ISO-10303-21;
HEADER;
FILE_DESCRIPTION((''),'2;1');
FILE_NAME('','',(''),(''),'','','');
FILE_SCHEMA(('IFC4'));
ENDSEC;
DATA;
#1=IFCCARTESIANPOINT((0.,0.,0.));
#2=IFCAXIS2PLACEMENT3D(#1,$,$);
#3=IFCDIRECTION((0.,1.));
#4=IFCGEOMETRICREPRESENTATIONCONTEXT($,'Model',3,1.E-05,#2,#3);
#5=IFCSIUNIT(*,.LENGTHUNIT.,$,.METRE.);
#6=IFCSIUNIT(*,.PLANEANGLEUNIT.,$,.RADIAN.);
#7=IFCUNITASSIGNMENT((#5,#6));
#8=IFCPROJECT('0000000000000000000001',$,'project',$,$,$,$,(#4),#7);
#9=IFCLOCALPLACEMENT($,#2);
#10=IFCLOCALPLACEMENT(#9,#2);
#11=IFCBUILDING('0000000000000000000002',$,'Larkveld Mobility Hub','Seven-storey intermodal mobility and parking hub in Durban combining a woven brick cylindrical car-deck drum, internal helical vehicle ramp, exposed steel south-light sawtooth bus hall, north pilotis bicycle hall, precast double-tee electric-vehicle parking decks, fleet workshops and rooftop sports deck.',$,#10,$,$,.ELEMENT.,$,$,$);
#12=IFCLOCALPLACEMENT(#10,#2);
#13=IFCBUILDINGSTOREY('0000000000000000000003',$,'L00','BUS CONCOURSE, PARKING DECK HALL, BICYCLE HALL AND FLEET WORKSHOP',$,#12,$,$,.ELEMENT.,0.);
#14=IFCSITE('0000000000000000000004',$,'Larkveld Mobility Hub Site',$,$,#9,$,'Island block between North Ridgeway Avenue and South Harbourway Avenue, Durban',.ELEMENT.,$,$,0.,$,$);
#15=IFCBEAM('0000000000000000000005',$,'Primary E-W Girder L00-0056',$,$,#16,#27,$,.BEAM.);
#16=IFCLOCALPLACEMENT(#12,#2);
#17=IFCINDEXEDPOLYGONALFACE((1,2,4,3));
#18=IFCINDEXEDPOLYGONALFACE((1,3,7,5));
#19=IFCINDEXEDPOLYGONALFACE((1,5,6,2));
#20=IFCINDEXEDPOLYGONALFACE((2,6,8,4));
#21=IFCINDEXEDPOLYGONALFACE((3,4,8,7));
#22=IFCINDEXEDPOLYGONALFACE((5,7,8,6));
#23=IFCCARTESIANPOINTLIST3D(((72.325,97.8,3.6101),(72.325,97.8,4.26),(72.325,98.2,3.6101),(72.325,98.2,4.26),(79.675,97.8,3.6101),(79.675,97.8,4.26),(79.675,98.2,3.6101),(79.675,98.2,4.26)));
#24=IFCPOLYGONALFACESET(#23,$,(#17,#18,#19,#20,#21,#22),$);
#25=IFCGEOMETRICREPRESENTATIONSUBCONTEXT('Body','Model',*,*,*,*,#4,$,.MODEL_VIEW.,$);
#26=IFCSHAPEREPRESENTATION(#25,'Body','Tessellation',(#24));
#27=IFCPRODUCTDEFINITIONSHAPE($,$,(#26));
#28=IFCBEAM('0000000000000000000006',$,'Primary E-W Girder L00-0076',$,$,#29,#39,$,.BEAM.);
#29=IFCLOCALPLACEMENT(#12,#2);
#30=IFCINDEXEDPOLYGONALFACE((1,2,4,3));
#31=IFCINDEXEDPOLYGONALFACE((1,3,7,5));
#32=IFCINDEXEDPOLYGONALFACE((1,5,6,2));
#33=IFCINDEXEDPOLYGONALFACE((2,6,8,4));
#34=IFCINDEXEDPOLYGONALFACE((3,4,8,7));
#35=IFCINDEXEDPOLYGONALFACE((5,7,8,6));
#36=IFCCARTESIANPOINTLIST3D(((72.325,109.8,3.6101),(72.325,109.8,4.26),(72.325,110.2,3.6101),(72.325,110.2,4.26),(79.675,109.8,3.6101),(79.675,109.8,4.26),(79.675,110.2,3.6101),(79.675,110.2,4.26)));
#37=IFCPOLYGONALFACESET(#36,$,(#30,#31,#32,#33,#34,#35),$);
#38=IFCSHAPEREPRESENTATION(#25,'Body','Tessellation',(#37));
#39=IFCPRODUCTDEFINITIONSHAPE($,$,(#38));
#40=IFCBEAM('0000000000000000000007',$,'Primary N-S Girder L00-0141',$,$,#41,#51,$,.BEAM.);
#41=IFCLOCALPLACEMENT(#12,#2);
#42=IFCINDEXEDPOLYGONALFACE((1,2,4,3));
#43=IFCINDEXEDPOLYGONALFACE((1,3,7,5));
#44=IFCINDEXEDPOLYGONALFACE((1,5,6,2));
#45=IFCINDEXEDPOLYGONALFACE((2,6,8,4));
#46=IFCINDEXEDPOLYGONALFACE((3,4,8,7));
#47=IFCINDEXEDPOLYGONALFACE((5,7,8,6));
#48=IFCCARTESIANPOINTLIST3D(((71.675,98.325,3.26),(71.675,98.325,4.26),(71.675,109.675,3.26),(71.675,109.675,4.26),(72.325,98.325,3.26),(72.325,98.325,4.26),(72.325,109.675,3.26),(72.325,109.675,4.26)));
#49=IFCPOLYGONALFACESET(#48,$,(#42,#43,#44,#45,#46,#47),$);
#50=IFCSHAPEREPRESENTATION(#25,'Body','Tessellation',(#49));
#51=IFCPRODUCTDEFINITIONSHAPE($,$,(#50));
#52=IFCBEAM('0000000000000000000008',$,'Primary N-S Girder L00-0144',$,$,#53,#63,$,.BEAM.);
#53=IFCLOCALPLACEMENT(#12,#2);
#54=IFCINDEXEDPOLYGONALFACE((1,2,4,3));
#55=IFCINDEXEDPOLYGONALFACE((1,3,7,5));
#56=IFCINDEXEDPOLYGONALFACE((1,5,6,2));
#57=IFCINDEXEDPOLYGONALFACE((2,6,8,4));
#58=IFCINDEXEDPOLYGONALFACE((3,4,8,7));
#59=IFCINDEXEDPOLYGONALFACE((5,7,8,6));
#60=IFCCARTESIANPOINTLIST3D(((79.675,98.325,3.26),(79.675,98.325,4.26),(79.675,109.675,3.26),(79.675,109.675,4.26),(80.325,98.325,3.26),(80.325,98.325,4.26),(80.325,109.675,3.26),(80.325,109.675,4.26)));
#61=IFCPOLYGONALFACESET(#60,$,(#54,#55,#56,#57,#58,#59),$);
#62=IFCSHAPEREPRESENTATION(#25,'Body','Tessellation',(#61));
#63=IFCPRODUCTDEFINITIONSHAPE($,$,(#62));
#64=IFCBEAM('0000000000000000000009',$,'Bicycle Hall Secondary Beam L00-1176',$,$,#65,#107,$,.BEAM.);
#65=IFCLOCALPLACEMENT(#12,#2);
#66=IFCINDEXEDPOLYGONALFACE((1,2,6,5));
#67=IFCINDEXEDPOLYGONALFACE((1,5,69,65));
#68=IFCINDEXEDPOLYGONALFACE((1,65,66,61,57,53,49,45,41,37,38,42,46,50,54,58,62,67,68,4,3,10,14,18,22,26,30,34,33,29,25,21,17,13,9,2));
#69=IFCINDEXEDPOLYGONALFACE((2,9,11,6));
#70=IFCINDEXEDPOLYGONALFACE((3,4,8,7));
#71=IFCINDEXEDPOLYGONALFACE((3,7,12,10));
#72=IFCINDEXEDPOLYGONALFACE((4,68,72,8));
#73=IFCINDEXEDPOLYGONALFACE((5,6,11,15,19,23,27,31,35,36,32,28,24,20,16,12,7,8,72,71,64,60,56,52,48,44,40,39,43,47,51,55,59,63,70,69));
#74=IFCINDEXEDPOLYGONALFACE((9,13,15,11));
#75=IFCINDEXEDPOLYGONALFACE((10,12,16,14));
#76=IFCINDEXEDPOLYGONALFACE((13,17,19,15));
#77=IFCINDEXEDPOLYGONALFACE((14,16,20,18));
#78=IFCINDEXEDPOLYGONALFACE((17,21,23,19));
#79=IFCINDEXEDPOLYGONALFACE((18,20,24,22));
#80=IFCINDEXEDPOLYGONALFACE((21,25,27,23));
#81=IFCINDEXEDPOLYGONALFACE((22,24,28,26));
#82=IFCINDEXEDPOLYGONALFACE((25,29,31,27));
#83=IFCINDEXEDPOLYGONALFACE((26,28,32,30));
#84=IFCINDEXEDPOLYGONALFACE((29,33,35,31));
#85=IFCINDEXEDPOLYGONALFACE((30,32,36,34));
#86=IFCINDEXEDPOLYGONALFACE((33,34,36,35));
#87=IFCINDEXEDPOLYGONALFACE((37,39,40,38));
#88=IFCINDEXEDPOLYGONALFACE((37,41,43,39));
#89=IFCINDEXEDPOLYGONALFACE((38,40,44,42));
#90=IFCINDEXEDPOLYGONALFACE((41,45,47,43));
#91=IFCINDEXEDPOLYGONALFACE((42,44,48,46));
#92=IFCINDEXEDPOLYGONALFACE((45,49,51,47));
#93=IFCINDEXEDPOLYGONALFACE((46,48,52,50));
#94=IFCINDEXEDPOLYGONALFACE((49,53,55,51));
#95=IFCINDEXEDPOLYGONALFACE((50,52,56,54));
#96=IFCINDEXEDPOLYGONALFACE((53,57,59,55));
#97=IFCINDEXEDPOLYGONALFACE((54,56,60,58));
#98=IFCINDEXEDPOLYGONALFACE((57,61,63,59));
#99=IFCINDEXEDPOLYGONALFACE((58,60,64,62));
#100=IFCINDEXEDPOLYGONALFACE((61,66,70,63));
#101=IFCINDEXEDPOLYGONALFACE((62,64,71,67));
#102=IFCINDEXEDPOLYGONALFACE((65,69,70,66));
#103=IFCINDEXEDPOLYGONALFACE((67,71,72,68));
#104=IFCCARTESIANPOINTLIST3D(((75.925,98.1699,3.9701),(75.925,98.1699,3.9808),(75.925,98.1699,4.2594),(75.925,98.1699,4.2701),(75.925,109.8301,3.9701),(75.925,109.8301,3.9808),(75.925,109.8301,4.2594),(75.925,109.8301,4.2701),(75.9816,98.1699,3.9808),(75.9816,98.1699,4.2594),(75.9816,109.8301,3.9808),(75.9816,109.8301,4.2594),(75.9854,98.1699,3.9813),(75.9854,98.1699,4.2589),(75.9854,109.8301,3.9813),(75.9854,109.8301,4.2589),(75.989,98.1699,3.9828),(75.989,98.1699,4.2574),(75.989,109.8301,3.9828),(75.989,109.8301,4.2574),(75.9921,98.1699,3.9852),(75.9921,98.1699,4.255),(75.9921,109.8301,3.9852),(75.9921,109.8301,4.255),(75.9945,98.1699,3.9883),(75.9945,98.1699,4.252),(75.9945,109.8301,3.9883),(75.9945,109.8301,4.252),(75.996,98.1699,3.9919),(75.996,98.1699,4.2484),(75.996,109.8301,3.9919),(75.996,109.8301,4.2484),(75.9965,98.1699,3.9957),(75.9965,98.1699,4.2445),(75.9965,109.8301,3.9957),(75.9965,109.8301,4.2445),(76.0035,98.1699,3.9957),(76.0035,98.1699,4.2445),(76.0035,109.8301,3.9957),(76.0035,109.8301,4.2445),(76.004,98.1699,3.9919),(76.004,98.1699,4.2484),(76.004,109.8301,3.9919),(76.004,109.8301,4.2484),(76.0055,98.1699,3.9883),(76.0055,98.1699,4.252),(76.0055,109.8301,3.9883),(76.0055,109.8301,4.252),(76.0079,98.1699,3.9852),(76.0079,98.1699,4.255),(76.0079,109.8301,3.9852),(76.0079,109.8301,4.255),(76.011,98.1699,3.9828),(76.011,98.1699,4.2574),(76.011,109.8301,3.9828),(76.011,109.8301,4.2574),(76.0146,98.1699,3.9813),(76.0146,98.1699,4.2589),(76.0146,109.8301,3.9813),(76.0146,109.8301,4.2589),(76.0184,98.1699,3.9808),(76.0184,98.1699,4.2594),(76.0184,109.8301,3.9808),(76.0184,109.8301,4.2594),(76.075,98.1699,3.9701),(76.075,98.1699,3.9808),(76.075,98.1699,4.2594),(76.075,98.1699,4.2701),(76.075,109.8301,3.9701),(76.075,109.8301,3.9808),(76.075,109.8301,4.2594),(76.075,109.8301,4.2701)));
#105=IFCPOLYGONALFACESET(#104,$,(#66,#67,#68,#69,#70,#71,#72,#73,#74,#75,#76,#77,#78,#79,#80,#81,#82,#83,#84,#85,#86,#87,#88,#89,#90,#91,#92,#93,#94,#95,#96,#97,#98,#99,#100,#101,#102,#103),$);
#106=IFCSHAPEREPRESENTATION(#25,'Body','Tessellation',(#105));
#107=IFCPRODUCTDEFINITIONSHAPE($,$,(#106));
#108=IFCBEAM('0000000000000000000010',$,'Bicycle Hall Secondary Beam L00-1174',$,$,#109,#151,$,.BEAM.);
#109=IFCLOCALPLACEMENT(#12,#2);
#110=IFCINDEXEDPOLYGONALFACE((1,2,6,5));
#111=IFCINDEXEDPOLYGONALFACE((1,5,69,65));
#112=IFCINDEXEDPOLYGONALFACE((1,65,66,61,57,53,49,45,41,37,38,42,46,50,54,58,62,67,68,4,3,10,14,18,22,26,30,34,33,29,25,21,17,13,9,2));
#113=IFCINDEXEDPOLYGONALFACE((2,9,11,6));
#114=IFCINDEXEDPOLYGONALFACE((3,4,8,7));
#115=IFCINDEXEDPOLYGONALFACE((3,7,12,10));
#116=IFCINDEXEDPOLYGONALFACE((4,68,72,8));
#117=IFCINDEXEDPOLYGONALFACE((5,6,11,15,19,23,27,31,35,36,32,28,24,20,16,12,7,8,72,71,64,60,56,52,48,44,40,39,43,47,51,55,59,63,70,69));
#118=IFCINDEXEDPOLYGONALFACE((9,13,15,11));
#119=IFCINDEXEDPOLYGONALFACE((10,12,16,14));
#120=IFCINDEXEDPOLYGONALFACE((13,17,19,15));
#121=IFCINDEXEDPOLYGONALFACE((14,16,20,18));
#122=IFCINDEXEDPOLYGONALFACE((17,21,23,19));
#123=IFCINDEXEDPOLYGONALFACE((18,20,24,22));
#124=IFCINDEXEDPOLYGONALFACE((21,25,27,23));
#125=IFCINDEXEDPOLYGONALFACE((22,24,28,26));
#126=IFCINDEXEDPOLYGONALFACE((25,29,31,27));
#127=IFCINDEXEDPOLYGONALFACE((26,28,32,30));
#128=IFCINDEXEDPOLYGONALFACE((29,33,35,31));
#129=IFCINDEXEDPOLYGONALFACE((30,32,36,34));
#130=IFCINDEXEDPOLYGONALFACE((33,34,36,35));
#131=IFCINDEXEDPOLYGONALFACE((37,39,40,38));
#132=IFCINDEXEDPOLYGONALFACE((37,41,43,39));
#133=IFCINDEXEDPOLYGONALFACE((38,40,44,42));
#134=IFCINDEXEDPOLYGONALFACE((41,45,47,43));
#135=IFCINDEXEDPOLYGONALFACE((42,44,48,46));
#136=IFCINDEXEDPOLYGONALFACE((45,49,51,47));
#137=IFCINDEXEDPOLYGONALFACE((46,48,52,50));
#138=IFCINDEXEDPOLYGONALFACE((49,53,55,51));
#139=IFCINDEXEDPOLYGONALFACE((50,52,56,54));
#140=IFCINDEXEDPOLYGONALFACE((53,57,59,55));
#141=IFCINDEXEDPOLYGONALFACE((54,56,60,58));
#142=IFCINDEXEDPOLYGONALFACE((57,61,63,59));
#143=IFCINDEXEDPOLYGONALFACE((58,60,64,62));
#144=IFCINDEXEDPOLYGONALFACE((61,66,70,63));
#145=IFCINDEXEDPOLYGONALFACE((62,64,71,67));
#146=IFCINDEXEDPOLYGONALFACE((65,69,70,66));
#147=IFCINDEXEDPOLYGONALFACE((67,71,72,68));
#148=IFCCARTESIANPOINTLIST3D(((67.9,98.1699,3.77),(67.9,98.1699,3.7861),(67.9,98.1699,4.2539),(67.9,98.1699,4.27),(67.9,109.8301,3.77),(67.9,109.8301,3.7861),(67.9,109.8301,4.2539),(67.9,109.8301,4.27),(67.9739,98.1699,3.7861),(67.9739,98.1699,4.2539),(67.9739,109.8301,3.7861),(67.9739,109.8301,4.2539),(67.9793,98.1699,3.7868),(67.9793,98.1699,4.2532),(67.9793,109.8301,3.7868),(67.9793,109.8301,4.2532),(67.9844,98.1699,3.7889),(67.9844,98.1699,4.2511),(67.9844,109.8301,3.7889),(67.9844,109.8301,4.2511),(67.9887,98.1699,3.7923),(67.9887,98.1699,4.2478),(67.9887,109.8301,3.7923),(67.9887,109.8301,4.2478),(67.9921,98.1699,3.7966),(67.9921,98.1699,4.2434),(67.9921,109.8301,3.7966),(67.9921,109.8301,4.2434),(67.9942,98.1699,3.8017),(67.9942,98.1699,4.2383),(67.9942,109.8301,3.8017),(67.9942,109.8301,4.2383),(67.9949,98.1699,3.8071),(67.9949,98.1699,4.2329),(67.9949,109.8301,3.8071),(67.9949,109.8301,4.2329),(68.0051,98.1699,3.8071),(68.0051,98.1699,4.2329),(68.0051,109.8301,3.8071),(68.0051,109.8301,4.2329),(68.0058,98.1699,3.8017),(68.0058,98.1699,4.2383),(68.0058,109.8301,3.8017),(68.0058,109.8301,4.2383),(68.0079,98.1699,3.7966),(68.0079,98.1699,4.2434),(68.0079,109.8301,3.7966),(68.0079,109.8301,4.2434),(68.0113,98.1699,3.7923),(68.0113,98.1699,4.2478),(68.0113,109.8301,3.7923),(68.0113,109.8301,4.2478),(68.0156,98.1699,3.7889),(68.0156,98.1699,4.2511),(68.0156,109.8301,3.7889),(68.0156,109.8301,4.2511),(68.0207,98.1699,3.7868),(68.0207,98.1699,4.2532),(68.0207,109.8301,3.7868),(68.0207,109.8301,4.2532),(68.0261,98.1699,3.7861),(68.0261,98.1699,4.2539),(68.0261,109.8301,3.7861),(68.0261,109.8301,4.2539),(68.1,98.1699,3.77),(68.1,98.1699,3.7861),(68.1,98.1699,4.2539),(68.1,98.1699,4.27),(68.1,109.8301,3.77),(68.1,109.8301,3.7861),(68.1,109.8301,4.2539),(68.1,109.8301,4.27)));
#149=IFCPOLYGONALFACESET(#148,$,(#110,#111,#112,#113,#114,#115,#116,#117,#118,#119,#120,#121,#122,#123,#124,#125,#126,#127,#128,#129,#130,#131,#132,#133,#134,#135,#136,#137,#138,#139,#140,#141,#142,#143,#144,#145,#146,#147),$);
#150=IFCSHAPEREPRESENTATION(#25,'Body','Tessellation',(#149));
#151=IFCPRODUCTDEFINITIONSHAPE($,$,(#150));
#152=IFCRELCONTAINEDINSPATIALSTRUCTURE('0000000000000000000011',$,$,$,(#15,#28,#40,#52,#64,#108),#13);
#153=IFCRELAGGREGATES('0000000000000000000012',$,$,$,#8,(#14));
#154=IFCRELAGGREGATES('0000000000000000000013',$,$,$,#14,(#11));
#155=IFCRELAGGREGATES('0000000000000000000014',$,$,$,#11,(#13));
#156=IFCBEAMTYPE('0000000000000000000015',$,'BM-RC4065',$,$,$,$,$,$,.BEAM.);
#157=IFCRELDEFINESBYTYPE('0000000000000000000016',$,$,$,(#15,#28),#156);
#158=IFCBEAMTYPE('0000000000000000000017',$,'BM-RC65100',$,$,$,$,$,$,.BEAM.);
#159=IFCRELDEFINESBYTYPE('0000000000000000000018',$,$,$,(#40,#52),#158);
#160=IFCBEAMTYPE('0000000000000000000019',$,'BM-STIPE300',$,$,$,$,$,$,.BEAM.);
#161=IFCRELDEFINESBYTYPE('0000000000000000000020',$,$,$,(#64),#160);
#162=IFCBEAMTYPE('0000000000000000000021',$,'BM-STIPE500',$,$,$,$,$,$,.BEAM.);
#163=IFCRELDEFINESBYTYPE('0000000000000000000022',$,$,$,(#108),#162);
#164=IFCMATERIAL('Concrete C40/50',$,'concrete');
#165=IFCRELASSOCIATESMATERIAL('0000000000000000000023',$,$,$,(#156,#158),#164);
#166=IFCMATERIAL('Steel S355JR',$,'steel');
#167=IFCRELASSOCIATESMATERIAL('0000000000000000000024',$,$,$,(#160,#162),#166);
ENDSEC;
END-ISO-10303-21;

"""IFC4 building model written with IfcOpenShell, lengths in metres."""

from ifc_helpers import new_model, si_unit, direction, frame, origin, origin_2d, place, context, subcontext, project, spatial, rectangle, i_section, extrude, material, material_profile, profile_set, type_object, element, save


model = new_model("IFC4")

# Units and contexts
model_context = context("Model", 3, precision=1e-05, world=origin(), true_north=direction((0.0, 1.0)))
body_context = subcontext(model_context, "Body", "Model", "MODEL_VIEW")
ifc_project = project(units=[si_unit("LENGTHUNIT", "METRE"), si_unit("PLANEANGLEUNIT", "RADIAN")], contexts=[model_context])

# Site, building, storey
site_placement = place(None, origin())
site = spatial("IfcSite", under=ifc_project, at=site_placement, Name="Larkveld Mobility Hub Site", LongName="Island block between North Ridgeway Avenue and South Harbourway Avenue, Durban", CompositionType="ELEMENT", RefElevation=0.0)
building_placement = place(site_placement, origin())
building = spatial("IfcBuilding", under=site, at=building_placement, Name="Larkveld Mobility Hub", Description="Seven-storey intermodal mobility and parking hub in Durban combining a woven brick cylindrical car-deck drum, internal helical vehicle ramp, exposed steel south-light sawtooth bus hall, north pilotis bicycle hall, precast double-tee electric-vehicle parking decks, fleet workshops and rooftop sports deck.", CompositionType="ELEMENT")
storey_placement = place(building_placement, origin())
storey = spatial("IfcBuildingStorey", under=building, at=storey_placement, Name="L00", Description="BUS CONCOURSE, PARKING DECK HALL, BICYCLE HALL AND FLEET WORKSHOP", CompositionType="ELEMENT", Elevation=0.0)

# Shared definitions
ifc_material_1 = material(Name="Concrete C40/50", Category="concrete")

# Beams
ifc_material_profile_1 = material_profile(ifc_material_1, rectangle(XDim=0.3999, YDim=0.6499, at=origin_2d()), Name="RC BM 400x650")
ifc_profile_set_1 = profile_set([ifc_material_profile_1], Name="Concrete C40/50")
beam_type_1 = type_object("IfcBeamType", Name="BM-RC4065", PredefinedType="BEAM", material=ifc_profile_set_1)
for number, where, z_axis, x_axis, name in (
    (1, (72.325, 98.0, 3.9351), (1.0, 0.0, 0.0), (0.0, 1.0, 0.0), "Primary E-W Girder L00-0056"),
    (2, (72.325, 110.0, 3.9351), (1.0, 0.0, 0.0), (0.0, 1.0, 0.0), "Primary E-W Girder L00-0076"),
):
    element("IfcBeam", number, at=place(storey_placement, frame(where, z_axis=z_axis, x_axis=x_axis)), inside=storey, type_object=beam_type_1, Name=name, PredefinedType="BEAM", context=body_context, shape_type="SweptSolid", body=[
        extrude(rectangle(XDim=0.3999, YDim=0.6499, at=origin_2d()), origin(), (0.0, 0.0, 1.0), 7.3501),
    ])
ifc_material_profile_2 = material_profile(ifc_material_1, rectangle(XDim=0.6499, YDim=1.0, at=origin_2d()), Name="RC BM 650x1000")
ifc_profile_set_2 = profile_set([ifc_material_profile_2], Name="Concrete C40/50")
beam_type_2 = type_object("IfcBeamType", Name="BM-RC65100", PredefinedType="BEAM", material=ifc_profile_set_2)
for number, where, z_axis, x_axis, name in (
    (3, (72.0, 98.325, 3.76), (0.0, 1.0, 0.0), (-1.0, 0.0, 0.0), "Primary N-S Girder L00-0141"),
    (4, (80.0, 98.325, 3.76), (0.0, 1.0, 0.0), (-1.0, 0.0, 0.0), "Primary N-S Girder L00-0144"),
):
    element("IfcBeam", number, at=place(storey_placement, frame(where, z_axis=z_axis, x_axis=x_axis)), inside=storey, type_object=beam_type_2, Name=name, PredefinedType="BEAM", context=body_context, shape_type="SweptSolid", body=[
        extrude(rectangle(XDim=0.6499, YDim=1.0, at=origin_2d()), origin(), (0.0, 0.0, 1.0), 11.3501),
    ])
ifc_material_2 = material(Name="Steel S355JR", Category="steel")
ifc_material_profile_3 = material_profile(ifc_material_2, i_section(OverallWidth=0.1499, OverallDepth=0.3, WebThickness=0.0071, FlangeThickness=0.0107, FilletRadius=0.0149, at=origin_2d()), Name="IPE 300")
ifc_profile_set_3 = profile_set([ifc_material_profile_3], Name="Steel S355JR")
beam_type_3 = type_object("IfcBeamType", Name="BM-STIPE300", PredefinedType="BEAM", material=ifc_profile_set_3)
beam_1_placement = place(storey_placement, frame((76.0, 98.1699, 4.1201), z_axis=(0.0, 1.0, 0.0), x_axis=(-1.0, 0.0, 0.0)))
element("IfcBeam", 5, at=beam_1_placement, inside=storey, type_object=beam_type_3, Name="Bicycle Hall Secondary Beam L00-1176", PredefinedType="BEAM", context=body_context, shape_type="SweptSolid", body=[
    extrude(i_section(OverallWidth=0.1499, OverallDepth=0.3, WebThickness=0.0071, FlangeThickness=0.0107, FilletRadius=0.0149, at=origin_2d()), origin(), (0.0, 0.0, 1.0), 11.6602),
])
ifc_material_profile_4 = material_profile(ifc_material_2, i_section(OverallWidth=0.2, OverallDepth=0.5, WebThickness=0.0103, FlangeThickness=0.0161, FilletRadius=0.021, at=origin_2d()), Name="IPE 500")
ifc_profile_set_4 = profile_set([ifc_material_profile_4], Name="Steel S355JR")
beam_type_4 = type_object("IfcBeamType", Name="BM-STIPE500", PredefinedType="BEAM", material=ifc_profile_set_4)
beam_2_placement = place(storey_placement, frame((68.0, 98.1699, 4.02), z_axis=(0.0, 1.0, 0.0), x_axis=(-1.0, 0.0, 0.0)))
element("IfcBeam", 6, at=beam_2_placement, inside=storey, type_object=beam_type_4, Name="Bicycle Hall Secondary Beam L00-1174", PredefinedType="BEAM", context=body_context, shape_type="SweptSolid", body=[
    extrude(i_section(OverallWidth=0.2, OverallDepth=0.5, WebThickness=0.0103, FlangeThickness=0.0161, FilletRadius=0.021, at=origin_2d()), origin(), (0.0, 0.0, 1.0), 11.6602),
])

save(model, "model.ifc")
